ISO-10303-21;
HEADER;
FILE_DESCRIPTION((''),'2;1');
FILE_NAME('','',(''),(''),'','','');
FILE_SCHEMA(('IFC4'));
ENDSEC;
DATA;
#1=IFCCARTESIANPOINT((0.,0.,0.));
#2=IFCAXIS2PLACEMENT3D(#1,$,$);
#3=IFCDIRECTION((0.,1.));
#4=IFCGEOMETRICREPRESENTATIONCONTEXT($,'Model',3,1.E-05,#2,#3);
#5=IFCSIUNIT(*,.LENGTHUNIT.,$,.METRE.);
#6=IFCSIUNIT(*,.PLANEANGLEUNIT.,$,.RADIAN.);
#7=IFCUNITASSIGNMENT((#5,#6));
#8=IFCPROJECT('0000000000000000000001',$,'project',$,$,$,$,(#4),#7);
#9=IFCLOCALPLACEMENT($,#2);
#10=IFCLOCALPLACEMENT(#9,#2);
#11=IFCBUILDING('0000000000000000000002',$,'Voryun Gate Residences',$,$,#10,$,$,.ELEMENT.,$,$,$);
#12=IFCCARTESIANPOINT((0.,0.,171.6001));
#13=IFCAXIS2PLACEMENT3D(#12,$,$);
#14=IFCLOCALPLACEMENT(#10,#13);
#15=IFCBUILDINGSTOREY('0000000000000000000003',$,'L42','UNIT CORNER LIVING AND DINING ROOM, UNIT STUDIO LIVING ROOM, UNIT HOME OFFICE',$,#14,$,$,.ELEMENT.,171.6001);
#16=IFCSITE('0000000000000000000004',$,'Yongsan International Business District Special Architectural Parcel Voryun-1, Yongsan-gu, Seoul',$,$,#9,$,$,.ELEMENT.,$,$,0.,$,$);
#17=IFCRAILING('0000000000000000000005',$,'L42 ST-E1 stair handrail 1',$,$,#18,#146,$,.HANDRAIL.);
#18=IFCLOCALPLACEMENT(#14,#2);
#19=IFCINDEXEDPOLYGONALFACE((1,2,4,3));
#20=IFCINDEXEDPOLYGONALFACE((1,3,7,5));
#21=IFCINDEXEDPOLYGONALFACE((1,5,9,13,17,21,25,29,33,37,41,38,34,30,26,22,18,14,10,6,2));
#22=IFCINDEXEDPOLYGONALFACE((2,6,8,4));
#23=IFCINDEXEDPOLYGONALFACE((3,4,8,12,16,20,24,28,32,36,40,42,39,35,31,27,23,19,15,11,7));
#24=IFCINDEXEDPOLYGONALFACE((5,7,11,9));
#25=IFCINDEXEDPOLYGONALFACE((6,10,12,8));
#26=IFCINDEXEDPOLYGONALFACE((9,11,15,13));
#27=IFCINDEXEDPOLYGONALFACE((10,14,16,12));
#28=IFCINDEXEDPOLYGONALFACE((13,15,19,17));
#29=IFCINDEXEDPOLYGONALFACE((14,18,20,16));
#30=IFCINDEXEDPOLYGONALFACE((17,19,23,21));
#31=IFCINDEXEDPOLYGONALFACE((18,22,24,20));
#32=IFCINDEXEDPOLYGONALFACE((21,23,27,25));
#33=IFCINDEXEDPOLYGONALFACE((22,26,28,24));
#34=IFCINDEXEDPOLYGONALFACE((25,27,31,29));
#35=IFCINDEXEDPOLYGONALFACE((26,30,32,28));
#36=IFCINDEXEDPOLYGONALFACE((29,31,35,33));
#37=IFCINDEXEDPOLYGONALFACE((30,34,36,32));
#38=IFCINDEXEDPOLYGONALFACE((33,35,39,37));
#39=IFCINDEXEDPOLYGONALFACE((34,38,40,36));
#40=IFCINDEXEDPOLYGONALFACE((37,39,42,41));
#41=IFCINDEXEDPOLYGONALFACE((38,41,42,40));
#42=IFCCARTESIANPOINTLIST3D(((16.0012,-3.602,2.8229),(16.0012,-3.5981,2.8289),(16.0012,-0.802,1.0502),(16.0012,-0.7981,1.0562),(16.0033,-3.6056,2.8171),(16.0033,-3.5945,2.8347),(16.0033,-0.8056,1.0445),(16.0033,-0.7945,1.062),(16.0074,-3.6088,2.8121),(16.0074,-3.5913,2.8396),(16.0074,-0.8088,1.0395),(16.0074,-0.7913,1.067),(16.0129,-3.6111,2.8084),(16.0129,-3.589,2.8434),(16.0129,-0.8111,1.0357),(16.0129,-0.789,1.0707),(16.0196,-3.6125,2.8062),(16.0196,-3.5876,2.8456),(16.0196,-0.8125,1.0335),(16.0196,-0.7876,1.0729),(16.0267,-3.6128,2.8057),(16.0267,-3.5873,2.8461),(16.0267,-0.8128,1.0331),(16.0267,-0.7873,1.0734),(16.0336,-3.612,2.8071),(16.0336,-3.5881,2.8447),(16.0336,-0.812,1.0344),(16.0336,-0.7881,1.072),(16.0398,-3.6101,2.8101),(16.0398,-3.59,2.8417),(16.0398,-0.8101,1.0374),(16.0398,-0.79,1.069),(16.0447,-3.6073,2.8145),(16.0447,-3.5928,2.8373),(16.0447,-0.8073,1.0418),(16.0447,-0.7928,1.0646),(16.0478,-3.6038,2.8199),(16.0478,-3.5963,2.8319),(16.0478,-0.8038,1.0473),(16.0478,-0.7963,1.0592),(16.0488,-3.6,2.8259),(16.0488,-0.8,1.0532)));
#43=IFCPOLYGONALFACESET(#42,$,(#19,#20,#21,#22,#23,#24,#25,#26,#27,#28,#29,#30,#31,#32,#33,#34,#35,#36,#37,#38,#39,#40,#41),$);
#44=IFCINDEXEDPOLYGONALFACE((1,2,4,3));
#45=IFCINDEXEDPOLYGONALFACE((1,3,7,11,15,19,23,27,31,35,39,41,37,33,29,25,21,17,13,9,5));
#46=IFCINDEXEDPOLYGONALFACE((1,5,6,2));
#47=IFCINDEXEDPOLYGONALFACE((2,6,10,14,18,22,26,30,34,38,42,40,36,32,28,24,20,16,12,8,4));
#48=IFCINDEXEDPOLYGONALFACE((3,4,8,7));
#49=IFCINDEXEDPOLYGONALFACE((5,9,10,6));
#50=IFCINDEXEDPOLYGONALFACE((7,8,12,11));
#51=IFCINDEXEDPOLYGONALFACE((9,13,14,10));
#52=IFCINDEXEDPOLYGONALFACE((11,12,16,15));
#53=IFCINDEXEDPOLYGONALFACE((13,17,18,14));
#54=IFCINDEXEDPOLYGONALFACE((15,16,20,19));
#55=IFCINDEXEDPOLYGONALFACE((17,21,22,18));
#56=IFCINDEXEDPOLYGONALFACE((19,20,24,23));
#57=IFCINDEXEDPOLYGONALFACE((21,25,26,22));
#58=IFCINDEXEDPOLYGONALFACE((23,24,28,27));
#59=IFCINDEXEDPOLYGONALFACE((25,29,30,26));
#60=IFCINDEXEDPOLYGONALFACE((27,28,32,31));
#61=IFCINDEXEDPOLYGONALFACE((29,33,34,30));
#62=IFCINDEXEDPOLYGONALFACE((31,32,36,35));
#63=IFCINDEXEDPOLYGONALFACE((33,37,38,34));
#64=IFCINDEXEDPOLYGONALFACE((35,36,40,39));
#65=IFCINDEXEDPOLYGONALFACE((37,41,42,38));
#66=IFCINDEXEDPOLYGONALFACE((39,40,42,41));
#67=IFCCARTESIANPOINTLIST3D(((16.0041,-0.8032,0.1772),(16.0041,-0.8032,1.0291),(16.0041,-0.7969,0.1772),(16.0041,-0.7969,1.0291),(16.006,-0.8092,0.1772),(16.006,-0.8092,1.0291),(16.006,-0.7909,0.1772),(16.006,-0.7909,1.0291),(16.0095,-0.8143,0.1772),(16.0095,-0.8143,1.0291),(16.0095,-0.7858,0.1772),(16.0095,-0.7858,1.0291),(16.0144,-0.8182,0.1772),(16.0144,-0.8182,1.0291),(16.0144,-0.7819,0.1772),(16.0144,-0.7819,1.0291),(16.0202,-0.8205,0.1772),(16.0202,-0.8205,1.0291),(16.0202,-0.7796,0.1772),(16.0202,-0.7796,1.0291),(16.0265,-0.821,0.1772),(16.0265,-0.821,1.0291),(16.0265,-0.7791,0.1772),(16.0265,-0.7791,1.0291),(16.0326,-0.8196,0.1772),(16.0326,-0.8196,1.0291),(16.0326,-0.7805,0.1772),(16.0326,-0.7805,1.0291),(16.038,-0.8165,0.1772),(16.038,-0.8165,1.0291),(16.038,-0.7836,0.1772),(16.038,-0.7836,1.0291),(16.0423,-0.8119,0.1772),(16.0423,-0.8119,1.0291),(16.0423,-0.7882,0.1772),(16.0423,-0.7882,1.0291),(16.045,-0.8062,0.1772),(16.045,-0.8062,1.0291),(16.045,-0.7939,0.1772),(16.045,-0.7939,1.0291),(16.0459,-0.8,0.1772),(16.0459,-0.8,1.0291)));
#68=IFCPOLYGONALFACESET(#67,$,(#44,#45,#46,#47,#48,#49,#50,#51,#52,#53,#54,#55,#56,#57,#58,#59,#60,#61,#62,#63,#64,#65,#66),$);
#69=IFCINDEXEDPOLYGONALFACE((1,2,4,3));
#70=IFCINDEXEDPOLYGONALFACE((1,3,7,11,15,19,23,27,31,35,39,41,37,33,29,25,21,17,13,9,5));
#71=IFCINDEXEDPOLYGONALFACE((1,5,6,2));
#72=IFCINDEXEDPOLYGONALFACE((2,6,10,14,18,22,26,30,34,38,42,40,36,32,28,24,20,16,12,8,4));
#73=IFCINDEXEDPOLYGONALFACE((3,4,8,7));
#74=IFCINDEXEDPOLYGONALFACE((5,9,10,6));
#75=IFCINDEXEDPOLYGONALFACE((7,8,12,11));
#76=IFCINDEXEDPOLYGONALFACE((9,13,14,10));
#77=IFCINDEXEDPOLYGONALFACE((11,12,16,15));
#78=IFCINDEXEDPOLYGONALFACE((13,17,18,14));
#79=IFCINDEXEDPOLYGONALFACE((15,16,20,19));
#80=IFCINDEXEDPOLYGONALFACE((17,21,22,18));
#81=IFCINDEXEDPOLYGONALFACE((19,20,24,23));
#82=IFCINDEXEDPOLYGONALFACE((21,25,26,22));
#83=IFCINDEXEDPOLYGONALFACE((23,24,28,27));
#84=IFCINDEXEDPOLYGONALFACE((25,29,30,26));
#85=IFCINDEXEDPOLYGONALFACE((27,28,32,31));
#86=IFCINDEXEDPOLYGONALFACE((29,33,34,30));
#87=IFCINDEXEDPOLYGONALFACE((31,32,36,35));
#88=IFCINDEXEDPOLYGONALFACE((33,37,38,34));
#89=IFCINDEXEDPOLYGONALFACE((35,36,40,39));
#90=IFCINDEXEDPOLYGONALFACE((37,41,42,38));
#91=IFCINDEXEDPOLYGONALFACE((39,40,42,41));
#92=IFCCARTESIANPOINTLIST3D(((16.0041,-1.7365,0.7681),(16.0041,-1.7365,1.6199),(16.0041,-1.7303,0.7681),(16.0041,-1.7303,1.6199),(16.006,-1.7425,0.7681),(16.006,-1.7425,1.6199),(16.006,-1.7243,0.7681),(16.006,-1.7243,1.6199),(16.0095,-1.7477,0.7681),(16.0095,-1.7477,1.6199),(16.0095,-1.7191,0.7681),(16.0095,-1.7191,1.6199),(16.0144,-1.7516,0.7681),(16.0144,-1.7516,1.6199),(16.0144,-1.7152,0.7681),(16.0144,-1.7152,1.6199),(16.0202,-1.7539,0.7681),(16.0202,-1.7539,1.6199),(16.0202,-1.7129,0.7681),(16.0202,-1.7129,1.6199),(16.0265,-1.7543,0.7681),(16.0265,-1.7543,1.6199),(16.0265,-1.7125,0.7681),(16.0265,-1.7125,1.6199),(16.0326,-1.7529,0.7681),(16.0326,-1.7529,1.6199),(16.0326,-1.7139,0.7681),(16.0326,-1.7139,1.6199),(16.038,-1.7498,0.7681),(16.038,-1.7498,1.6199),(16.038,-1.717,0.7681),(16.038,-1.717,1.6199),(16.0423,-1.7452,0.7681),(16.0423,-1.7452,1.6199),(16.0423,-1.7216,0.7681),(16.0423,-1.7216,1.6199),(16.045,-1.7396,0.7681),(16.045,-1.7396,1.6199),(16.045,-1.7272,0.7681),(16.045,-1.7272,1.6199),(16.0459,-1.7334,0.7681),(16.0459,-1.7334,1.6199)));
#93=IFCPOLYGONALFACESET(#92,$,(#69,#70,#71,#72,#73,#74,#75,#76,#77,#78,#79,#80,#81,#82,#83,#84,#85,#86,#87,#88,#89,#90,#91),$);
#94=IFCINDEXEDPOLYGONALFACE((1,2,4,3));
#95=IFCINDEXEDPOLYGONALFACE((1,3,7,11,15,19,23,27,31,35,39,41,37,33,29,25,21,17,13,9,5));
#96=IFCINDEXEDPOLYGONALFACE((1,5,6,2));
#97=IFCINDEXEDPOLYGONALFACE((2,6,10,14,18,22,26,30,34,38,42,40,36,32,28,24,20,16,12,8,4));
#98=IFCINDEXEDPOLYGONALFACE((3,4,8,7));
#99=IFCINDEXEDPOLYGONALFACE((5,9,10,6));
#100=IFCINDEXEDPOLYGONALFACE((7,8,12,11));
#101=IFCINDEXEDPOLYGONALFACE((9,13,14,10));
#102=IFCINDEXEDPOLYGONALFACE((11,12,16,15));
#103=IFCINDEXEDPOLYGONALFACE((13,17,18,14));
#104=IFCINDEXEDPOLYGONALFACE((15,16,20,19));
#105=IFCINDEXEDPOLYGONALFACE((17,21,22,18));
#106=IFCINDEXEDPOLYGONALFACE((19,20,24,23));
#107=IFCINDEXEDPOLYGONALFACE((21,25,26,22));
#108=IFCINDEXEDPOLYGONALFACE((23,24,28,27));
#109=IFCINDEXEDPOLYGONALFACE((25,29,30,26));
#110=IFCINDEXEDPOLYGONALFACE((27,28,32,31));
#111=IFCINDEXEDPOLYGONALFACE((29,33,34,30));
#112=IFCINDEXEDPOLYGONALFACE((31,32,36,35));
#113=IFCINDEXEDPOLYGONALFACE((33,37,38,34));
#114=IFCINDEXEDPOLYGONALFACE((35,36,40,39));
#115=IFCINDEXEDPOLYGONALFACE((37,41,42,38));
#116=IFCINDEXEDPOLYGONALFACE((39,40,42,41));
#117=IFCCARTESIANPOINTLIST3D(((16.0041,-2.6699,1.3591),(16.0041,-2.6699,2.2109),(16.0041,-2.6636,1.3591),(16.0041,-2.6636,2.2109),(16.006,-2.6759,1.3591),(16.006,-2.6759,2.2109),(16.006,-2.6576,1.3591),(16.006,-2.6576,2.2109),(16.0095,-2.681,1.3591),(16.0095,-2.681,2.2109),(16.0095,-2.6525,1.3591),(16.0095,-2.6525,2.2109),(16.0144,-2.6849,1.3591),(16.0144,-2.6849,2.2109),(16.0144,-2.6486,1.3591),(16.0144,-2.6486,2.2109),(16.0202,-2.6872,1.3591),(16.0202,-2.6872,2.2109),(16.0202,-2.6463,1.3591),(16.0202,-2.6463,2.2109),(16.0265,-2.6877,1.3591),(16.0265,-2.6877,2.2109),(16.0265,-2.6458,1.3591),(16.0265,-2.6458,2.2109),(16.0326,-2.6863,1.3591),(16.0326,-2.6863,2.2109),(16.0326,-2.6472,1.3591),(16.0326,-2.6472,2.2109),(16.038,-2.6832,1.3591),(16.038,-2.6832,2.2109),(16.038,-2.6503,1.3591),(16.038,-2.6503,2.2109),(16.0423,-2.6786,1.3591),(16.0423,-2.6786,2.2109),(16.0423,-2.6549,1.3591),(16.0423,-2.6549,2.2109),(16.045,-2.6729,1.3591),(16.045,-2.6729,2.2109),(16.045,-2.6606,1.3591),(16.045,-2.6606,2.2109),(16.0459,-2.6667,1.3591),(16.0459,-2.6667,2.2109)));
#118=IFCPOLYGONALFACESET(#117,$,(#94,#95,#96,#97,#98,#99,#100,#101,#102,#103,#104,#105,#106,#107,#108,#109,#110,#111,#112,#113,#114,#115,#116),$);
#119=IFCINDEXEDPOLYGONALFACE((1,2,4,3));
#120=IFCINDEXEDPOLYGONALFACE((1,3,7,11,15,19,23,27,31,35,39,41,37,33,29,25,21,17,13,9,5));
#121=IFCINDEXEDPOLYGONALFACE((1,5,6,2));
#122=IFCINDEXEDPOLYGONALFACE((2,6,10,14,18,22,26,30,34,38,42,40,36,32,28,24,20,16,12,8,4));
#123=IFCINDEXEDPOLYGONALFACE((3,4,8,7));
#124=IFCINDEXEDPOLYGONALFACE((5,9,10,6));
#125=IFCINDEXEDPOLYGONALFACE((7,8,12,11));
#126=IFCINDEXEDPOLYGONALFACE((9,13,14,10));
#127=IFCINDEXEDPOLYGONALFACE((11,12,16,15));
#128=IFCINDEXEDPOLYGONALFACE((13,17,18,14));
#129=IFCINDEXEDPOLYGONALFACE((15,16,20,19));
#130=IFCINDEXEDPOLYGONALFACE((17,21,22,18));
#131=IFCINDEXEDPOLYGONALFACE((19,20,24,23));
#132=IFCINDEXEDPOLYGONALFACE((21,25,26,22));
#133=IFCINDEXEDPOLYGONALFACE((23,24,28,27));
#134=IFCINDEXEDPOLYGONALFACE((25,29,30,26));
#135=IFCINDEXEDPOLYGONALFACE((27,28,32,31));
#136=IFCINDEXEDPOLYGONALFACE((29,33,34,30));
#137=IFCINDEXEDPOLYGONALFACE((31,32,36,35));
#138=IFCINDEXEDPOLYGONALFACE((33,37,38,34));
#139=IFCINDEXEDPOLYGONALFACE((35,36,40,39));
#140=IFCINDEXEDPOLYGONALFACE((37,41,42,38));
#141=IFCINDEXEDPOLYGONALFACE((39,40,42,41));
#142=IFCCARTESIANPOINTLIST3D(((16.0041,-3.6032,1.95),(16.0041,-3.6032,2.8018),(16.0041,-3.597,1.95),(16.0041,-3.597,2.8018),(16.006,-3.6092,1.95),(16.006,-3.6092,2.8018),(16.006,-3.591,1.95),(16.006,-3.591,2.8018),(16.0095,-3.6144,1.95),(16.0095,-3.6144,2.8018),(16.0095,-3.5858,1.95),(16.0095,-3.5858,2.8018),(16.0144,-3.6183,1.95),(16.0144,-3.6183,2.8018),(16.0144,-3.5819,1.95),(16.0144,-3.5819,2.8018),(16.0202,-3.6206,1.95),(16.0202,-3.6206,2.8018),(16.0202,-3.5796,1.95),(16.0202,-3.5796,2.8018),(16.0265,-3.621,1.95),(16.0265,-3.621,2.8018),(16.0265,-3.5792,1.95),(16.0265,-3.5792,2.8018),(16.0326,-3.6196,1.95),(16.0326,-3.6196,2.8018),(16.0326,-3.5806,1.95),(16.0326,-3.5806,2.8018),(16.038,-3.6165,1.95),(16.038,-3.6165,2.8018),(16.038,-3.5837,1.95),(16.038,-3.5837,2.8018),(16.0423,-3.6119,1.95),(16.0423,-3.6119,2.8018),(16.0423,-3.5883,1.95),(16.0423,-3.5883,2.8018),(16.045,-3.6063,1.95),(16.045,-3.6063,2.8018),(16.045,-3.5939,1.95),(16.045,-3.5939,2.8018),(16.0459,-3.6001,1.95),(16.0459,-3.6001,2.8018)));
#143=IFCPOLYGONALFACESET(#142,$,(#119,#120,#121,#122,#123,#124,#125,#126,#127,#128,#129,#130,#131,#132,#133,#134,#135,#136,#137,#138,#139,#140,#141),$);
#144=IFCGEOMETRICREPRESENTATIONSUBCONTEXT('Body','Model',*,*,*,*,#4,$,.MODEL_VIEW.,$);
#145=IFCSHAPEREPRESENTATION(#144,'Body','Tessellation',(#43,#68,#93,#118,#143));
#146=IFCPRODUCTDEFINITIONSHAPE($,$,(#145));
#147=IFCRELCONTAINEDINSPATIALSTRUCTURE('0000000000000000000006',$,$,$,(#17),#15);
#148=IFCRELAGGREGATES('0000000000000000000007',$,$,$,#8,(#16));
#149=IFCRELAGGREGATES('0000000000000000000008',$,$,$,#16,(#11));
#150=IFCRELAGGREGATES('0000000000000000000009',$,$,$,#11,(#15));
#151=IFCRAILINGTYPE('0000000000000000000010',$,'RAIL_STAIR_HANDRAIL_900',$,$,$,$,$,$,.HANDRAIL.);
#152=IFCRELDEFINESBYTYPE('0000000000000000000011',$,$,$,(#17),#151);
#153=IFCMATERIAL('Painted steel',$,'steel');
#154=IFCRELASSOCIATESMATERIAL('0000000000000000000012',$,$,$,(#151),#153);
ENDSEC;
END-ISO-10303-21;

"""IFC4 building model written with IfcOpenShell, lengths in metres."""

from ifc_helpers import new_model, si_unit, direction, frame, origin, origin_2d, place, context, subcontext, project, spatial, circle, extrude, material, type_object, element, save


model = new_model("IFC4")

# Units and contexts
model_context = context("Model", 3, precision=1e-05, world=origin(), true_north=direction((0.0, 1.0)))
body_context = subcontext(model_context, "Body", "Model", "MODEL_VIEW")
ifc_project = project(units=[si_unit("LENGTHUNIT", "METRE"), si_unit("PLANEANGLEUNIT", "RADIAN")], contexts=[model_context])

# Site, building, storey
site_placement = place(None, origin())
site = spatial("IfcSite", under=ifc_project, at=site_placement, Name="Yongsan International Business District Special Architectural Parcel Voryun-1, Yongsan-gu, Seoul", CompositionType="ELEMENT", RefElevation=0.0)
building_placement = place(site_placement, origin())
building = spatial("IfcBuilding", under=site, at=building_placement, Name="Voryun Gate Residences", CompositionType="ELEMENT")
storey_placement = place(building_placement, frame((0.0, 0.0, 171.6001)))
storey = spatial("IfcBuildingStorey", under=building, at=storey_placement, Name="L42", Description="UNIT CORNER LIVING AND DINING ROOM, UNIT STUDIO LIVING ROOM, UNIT HOME OFFICE", CompositionType="ELEMENT", Elevation=171.6001)

# Railing
ifc_material_1 = material(Name="Painted steel", Category="steel")
railing_type_1 = type_object("IfcRailingType", Name="RAIL_STAIR_HANDRAIL_900", PredefinedType="HANDRAIL", material=ifc_material_1)
railing_1_placement = place(storey_placement, frame((16.0249, -0.8, 0.1772)))
element("IfcRailing", 1, at=railing_1_placement, inside=storey, type_object=railing_type_1, Name="L42 ST-E1 stair handrail 1", PredefinedType="HANDRAIL", context=body_context, shape_type="SweptSolid", body=[
    extrude(circle(Radius=0.0239, at=origin_2d()), frame((0.0, 0.0, 0.876), z_axis=(0.0, -0.844909, 0.53491), x_axis=(1.0, 0.0, 0.0)), (0.0, 0.0, 1.0), 3.314),
    extrude(circle(Radius=0.021, at=origin_2d()), origin(), (0.0, 0.0, 1.0), 0.8518),
    extrude(circle(Radius=0.021, at=origin_2d()), frame((0.0, -0.9333, 0.5908)), (0.0, 0.0, 1.0), 0.8518),
    extrude(circle(Radius=0.021, at=origin_2d()), frame((0.0, -1.8667, 1.1819)), (0.0, 0.0, 1.0), 0.8518),
    extrude(circle(Radius=0.021, at=origin_2d()), frame((0.0, -2.8, 1.7727)), (0.0, 0.0, 1.0), 0.8518),
])

save(model, "model.ifc")
